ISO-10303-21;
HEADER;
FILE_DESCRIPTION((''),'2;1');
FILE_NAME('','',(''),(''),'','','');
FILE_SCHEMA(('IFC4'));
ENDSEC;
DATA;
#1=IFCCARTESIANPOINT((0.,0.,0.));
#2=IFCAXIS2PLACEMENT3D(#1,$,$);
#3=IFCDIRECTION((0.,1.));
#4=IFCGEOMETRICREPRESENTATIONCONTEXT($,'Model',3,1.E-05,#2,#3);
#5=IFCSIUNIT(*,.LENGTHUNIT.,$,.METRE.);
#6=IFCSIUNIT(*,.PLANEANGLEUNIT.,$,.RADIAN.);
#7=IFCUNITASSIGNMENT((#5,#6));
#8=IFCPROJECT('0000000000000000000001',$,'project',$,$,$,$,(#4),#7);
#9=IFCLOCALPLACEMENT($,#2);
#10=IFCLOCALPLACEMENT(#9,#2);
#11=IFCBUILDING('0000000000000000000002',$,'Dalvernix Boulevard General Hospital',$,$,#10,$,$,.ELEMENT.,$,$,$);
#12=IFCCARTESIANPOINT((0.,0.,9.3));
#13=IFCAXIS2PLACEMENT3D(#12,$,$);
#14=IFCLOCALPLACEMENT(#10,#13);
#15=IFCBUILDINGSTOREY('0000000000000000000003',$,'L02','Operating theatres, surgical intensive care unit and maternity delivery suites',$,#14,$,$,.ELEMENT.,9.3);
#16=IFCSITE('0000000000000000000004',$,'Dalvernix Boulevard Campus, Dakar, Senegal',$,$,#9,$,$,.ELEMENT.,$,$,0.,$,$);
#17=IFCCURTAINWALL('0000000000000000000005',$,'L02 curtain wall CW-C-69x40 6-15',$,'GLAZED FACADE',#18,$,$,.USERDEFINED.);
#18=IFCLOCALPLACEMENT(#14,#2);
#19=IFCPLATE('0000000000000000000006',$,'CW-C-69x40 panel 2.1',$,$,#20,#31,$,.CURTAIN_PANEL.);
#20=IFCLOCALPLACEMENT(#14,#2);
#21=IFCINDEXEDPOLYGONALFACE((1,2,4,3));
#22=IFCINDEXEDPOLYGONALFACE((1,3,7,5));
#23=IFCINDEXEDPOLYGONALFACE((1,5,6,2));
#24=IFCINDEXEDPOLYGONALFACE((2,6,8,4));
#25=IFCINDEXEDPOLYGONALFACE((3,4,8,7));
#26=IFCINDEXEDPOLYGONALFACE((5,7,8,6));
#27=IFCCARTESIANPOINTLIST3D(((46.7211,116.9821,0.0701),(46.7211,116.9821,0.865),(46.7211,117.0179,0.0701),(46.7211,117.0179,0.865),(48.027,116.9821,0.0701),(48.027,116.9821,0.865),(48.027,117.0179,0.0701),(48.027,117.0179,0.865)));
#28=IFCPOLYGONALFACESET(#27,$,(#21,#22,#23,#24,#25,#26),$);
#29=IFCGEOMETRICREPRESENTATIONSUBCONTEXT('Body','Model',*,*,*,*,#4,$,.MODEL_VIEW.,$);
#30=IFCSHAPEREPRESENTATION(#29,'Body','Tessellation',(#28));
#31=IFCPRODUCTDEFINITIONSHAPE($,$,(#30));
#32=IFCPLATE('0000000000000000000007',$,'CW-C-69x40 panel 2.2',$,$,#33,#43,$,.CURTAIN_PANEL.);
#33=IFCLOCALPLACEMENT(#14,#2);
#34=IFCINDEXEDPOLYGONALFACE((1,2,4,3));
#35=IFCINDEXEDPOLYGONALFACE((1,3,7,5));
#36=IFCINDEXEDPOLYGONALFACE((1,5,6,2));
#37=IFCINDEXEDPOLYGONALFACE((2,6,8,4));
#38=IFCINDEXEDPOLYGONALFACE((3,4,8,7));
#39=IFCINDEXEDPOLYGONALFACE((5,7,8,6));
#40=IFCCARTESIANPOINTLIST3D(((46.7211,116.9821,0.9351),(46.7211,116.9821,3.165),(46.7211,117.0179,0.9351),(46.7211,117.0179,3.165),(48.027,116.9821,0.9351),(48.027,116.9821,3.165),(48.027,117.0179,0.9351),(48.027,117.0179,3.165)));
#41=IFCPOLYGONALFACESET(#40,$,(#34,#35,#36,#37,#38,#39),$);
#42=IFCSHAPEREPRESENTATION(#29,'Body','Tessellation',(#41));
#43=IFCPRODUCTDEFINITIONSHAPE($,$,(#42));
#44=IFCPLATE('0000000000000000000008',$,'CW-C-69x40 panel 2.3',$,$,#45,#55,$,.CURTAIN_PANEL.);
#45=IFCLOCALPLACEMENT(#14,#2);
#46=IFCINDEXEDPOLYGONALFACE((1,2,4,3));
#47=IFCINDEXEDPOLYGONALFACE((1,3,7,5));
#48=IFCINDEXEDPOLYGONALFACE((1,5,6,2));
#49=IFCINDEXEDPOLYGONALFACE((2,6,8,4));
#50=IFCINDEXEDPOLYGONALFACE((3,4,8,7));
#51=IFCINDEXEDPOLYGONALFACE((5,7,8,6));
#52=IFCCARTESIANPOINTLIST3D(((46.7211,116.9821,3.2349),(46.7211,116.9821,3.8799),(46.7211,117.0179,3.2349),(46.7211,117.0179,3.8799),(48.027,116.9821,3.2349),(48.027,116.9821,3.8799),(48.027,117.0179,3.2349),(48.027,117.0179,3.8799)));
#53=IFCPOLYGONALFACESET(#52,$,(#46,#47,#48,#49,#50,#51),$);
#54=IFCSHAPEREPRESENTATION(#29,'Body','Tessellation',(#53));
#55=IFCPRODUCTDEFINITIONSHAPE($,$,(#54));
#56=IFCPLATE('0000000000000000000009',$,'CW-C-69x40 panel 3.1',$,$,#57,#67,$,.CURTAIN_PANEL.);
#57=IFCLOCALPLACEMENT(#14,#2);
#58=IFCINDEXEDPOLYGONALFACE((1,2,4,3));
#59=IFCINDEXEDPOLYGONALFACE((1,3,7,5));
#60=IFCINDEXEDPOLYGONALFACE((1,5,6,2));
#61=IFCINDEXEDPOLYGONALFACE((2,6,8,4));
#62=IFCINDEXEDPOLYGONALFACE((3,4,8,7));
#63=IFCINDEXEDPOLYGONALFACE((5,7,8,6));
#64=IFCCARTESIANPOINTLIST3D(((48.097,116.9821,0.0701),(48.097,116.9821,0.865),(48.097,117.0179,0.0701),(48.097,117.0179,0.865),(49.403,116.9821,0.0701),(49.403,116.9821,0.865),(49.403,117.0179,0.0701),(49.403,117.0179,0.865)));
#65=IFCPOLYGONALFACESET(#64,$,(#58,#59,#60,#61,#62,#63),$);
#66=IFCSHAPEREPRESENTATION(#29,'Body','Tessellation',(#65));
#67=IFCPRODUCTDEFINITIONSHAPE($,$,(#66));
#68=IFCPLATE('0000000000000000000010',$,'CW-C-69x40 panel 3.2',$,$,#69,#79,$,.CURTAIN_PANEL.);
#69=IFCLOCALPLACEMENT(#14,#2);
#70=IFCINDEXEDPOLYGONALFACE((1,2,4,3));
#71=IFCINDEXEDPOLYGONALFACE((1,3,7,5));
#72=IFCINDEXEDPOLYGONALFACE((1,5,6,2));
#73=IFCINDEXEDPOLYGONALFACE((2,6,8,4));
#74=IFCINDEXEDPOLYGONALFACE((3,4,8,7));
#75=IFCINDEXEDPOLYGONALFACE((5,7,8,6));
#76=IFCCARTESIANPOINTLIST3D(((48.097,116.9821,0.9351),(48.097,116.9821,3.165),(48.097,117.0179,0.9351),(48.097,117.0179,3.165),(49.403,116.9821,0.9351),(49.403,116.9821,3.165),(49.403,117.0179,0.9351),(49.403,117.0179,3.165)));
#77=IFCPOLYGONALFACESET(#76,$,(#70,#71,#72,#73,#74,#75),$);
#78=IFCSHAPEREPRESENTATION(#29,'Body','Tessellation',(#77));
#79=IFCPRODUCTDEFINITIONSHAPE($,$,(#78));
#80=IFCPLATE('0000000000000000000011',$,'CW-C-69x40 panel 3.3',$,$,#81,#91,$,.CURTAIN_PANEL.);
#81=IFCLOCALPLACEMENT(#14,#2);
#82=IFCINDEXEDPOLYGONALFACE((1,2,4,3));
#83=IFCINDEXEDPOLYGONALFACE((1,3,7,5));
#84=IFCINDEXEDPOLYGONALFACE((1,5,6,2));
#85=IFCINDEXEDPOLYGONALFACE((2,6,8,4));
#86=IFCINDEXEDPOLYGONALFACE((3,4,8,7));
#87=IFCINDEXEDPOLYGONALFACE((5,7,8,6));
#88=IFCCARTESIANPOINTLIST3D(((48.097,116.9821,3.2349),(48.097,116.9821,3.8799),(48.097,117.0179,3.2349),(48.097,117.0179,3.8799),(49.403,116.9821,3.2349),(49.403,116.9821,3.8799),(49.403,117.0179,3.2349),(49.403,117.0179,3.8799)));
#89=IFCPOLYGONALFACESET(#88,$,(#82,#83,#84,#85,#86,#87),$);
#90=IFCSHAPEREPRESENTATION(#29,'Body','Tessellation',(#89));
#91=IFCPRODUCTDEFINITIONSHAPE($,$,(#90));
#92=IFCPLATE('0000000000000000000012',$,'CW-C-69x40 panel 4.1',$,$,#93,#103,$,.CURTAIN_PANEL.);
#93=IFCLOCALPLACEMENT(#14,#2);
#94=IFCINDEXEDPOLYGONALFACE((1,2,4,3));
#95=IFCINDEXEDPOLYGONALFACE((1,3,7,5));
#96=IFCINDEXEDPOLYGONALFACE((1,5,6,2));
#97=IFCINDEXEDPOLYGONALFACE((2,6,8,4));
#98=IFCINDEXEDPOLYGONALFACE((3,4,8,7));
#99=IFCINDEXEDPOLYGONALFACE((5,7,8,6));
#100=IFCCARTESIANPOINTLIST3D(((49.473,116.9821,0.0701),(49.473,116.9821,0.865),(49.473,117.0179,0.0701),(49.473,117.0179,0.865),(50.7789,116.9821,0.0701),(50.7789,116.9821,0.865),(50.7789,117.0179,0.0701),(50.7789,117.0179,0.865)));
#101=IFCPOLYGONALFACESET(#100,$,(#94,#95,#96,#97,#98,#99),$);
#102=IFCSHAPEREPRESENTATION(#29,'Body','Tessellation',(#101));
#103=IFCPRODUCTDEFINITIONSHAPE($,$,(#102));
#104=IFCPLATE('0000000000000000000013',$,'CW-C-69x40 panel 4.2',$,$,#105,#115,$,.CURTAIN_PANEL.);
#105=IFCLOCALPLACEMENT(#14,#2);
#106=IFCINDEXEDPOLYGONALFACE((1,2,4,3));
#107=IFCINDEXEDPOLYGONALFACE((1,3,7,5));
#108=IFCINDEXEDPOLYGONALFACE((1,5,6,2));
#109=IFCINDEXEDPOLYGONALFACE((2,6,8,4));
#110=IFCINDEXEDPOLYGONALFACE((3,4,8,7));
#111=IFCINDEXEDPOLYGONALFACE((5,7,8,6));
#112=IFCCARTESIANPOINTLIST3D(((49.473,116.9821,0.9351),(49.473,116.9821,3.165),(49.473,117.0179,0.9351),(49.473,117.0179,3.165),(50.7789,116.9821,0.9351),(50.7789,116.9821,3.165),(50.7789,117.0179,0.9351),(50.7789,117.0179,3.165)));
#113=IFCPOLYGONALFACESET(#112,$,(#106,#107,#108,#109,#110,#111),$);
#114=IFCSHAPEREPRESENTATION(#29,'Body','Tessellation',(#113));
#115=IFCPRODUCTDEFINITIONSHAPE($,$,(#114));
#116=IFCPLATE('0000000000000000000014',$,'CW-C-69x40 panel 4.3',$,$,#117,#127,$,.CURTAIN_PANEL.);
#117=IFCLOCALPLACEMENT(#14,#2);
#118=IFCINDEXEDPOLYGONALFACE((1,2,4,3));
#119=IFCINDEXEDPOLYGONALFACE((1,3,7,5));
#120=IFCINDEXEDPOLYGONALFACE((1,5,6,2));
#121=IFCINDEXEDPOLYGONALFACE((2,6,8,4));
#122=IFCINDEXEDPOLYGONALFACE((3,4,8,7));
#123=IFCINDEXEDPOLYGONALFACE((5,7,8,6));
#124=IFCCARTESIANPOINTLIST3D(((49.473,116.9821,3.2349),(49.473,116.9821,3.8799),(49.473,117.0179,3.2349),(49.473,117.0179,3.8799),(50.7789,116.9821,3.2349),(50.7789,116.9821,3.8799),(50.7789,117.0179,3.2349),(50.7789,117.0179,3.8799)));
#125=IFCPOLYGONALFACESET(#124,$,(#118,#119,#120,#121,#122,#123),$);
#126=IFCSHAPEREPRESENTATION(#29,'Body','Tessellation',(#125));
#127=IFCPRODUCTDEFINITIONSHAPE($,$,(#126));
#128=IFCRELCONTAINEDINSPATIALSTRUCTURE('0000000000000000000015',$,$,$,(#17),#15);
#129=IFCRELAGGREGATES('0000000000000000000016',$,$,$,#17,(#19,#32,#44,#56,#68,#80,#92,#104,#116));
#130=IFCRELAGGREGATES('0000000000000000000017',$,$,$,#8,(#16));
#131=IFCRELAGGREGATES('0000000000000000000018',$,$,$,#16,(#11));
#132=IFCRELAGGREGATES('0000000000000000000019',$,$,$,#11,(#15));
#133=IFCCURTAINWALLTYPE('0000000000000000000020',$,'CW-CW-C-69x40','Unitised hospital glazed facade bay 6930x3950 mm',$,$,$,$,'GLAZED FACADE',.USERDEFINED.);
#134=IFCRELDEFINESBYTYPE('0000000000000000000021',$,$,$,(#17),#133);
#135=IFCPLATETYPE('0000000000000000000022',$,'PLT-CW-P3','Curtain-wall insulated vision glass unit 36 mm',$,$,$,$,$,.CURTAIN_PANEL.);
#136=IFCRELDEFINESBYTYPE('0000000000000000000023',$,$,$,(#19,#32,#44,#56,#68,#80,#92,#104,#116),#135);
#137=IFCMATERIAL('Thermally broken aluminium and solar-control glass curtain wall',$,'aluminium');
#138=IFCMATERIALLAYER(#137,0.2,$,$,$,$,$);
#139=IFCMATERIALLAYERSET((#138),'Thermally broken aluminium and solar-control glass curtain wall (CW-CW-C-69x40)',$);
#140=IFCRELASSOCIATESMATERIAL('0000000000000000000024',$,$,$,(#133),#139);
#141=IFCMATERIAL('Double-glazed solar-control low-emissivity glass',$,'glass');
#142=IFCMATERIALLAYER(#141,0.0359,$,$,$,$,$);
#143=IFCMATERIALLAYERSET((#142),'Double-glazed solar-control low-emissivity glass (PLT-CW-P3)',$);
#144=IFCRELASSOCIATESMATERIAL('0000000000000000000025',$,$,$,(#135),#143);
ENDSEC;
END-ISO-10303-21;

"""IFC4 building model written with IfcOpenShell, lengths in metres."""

from ifc_helpers import new_model, si_unit, direction, frame, origin, origin_2d, place, context, subcontext, project, spatial, rectangle, extrude, material, layer, layer_set, type_object, element, aggregate, save


model = new_model("IFC4")

# Units and contexts
model_context = context("Model", 3, precision=1e-05, world=origin(), true_north=direction((0.0, 1.0)))
body_context = subcontext(model_context, "Body", "Model", "MODEL_VIEW")
ifc_project = project(units=[si_unit("LENGTHUNIT", "METRE"), si_unit("PLANEANGLEUNIT", "RADIAN")], contexts=[model_context])

# Site, building, storey
site_placement = place(None, origin())
site = spatial("IfcSite", under=ifc_project, at=site_placement, Name="Dalvernix Boulevard Campus, Dakar, Senegal", CompositionType="ELEMENT", RefElevation=0.0)
building_placement = place(site_placement, origin())
building = spatial("IfcBuilding", under=site, at=building_placement, Name="Dalvernix Boulevard General Hospital", CompositionType="ELEMENT")
storey_placement = place(building_placement, frame((0.0, 0.0, 9.3)))
storey = spatial("IfcBuildingStorey", under=building, at=storey_placement, Name="L02", Description="Operating theatres, surgical intensive care unit and maternity delivery suites", CompositionType="ELEMENT", Elevation=9.3)

# Curtain wall, plates
ifc_material_1 = material(Name="Thermally broken aluminium and solar-control glass curtain wall", Category="aluminium")
ifc_layer_1 = layer(ifc_material_1, 0.2)
ifc_layer_set_1 = layer_set([ifc_layer_1], Name="Thermally broken aluminium and solar-control glass curtain wall (CW-CW-C-69x40)")
curtain_wall_type = type_object("IfcCurtainWallType", Name="CW-CW-C-69x40", Description="Unitised hospital glazed facade bay 6930x3950 mm", ElementType="GLAZED FACADE", PredefinedType="USERDEFINED", material=ifc_layer_set_1)
curtain_wall_placement = place(storey_placement, origin())
curtain_wall = element("IfcCurtainWall", 1, at=curtain_wall_placement, inside=storey, type_object=curtain_wall_type, Name="L02 curtain wall CW-C-69x40 6-15", ObjectType="GLAZED FACADE", PredefinedType="USERDEFINED")
ifc_material_2 = material(Name="Double-glazed solar-control low-emissivity glass", Category="glass")
ifc_layer_2 = layer(ifc_material_2, 0.0359)
ifc_layer_set_2 = layer_set([ifc_layer_2], Name="Double-glazed solar-control low-emissivity glass (PLT-CW-P3)")
plate_type = type_object("IfcPlateType", Name="PLT-CW-P3", Description="Curtain-wall insulated vision glass unit 36 mm", PredefinedType="CURTAIN_PANEL", material=ifc_layer_set_2)
plate_1_placement = place(storey_placement, frame((47.374, 117.0, 0.0701), z_axis=(0.0, 0.0, 1.0), x_axis=(1.0, 0.0, 0.0)))
plate_1 = element("IfcPlate", 2, at=plate_1_placement, type_object=plate_type, Name="CW-C-69x40 panel 2.1", PredefinedType="CURTAIN_PANEL", context=body_context, shape_type="SweptSolid", body=[
    extrude(rectangle(XDim=1.3059, YDim=0.0359, at=origin_2d()), origin(), (0.0, 0.0, 1.0), 0.7949),
])
plate_2_placement = place(storey_placement, frame((47.374, 117.0, 0.9351), z_axis=(0.0, 0.0, 1.0), x_axis=(1.0, 0.0, 0.0)))
plate_2 = element("IfcPlate", 3, at=plate_2_placement, type_object=plate_type, Name="CW-C-69x40 panel 2.2", PredefinedType="CURTAIN_PANEL", context=body_context, shape_type="SweptSolid", body=[
    extrude(rectangle(XDim=1.3059, YDim=0.0359, at=origin_2d()), origin(), (0.0, 0.0, 1.0), 2.23),
])
plate_3_placement = place(storey_placement, frame((47.374, 117.0, 3.2349), z_axis=(0.0, 0.0, 1.0), x_axis=(1.0, 0.0, 0.0)))
plate_3 = element("IfcPlate", 4, at=plate_3_placement, type_object=plate_type, Name="CW-C-69x40 panel 2.3", PredefinedType="CURTAIN_PANEL", context=body_context, shape_type="SweptSolid", body=[
    extrude(rectangle(XDim=1.3059, YDim=0.0359, at=origin_2d()), origin(), (0.0, 0.0, 1.0), 0.645),
])
plate_4_placement = place(storey_placement, frame((48.75, 117.0, 0.0701), z_axis=(0.0, 0.0, 1.0), x_axis=(1.0, 0.0, 0.0)))
plate_4 = element("IfcPlate", 5, at=plate_4_placement, type_object=plate_type, Name="CW-C-69x40 panel 3.1", PredefinedType="CURTAIN_PANEL", context=body_context, shape_type="SweptSolid", body=[
    extrude(rectangle(XDim=1.3059, YDim=0.0359, at=origin_2d()), origin(), (0.0, 0.0, 1.0), 0.7949),
])
plate_5_placement = place(storey_placement, frame((48.75, 117.0, 0.9351), z_axis=(0.0, 0.0, 1.0), x_axis=(1.0, 0.0, 0.0)))
plate_5 = element("IfcPlate", 6, at=plate_5_placement, type_object=plate_type, Name="CW-C-69x40 panel 3.2", PredefinedType="CURTAIN_PANEL", context=body_context, shape_type="SweptSolid", body=[
    extrude(rectangle(XDim=1.3059, YDim=0.0359, at=origin_2d()), origin(), (0.0, 0.0, 1.0), 2.23),
])
plate_6_placement = place(storey_placement, frame((48.75, 117.0, 3.2349), z_axis=(0.0, 0.0, 1.0), x_axis=(1.0, 0.0, 0.0)))
plate_6 = element("IfcPlate", 7, at=plate_6_placement, type_object=plate_type, Name="CW-C-69x40 panel 3.3", PredefinedType="CURTAIN_PANEL", context=body_context, shape_type="SweptSolid", body=[
    extrude(rectangle(XDim=1.3059, YDim=0.0359, at=origin_2d()), origin(), (0.0, 0.0, 1.0), 0.645),
])
plate_7_placement = place(storey_placement, frame((50.126, 117.0, 0.0701), z_axis=(0.0, 0.0, 1.0), x_axis=(1.0, 0.0, 0.0)))
plate_7 = element("IfcPlate", 8, at=plate_7_placement, type_object=plate_type, Name="CW-C-69x40 panel 4.1", PredefinedType="CURTAIN_PANEL", context=body_context, shape_type="SweptSolid", body=[
    extrude(rectangle(XDim=1.3059, YDim=0.0359, at=origin_2d()), origin(), (0.0, 0.0, 1.0), 0.7949),
])
plate_8_placement = place(storey_placement, frame((50.126, 117.0, 0.9351), z_axis=(0.0, 0.0, 1.0), x_axis=(1.0, 0.0, 0.0)))
plate_8 = element("IfcPlate", 9, at=plate_8_placement, type_object=plate_type, Name="CW-C-69x40 panel 4.2", PredefinedType="CURTAIN_PANEL", context=body_context, shape_type="SweptSolid", body=[
    extrude(rectangle(XDim=1.3059, YDim=0.0359, at=origin_2d()), origin(), (0.0, 0.0, 1.0), 2.23),
])
plate_9_placement = place(storey_placement, frame((50.126, 117.0, 3.2349), z_axis=(0.0, 0.0, 1.0), x_axis=(1.0, 0.0, 0.0)))
plate_9 = element("IfcPlate", 10, at=plate_9_placement, type_object=plate_type, Name="CW-C-69x40 panel 4.3", PredefinedType="CURTAIN_PANEL", context=body_context, shape_type="SweptSolid", body=[
    extrude(rectangle(XDim=1.3059, YDim=0.0359, at=origin_2d()), origin(), (0.0, 0.0, 1.0), 0.645),
])
aggregate(curtain_wall, [plate_1, plate_2, plate_3, plate_4, plate_5, plate_6, plate_7, plate_8, plate_9])

save(model, "model.ifc")
